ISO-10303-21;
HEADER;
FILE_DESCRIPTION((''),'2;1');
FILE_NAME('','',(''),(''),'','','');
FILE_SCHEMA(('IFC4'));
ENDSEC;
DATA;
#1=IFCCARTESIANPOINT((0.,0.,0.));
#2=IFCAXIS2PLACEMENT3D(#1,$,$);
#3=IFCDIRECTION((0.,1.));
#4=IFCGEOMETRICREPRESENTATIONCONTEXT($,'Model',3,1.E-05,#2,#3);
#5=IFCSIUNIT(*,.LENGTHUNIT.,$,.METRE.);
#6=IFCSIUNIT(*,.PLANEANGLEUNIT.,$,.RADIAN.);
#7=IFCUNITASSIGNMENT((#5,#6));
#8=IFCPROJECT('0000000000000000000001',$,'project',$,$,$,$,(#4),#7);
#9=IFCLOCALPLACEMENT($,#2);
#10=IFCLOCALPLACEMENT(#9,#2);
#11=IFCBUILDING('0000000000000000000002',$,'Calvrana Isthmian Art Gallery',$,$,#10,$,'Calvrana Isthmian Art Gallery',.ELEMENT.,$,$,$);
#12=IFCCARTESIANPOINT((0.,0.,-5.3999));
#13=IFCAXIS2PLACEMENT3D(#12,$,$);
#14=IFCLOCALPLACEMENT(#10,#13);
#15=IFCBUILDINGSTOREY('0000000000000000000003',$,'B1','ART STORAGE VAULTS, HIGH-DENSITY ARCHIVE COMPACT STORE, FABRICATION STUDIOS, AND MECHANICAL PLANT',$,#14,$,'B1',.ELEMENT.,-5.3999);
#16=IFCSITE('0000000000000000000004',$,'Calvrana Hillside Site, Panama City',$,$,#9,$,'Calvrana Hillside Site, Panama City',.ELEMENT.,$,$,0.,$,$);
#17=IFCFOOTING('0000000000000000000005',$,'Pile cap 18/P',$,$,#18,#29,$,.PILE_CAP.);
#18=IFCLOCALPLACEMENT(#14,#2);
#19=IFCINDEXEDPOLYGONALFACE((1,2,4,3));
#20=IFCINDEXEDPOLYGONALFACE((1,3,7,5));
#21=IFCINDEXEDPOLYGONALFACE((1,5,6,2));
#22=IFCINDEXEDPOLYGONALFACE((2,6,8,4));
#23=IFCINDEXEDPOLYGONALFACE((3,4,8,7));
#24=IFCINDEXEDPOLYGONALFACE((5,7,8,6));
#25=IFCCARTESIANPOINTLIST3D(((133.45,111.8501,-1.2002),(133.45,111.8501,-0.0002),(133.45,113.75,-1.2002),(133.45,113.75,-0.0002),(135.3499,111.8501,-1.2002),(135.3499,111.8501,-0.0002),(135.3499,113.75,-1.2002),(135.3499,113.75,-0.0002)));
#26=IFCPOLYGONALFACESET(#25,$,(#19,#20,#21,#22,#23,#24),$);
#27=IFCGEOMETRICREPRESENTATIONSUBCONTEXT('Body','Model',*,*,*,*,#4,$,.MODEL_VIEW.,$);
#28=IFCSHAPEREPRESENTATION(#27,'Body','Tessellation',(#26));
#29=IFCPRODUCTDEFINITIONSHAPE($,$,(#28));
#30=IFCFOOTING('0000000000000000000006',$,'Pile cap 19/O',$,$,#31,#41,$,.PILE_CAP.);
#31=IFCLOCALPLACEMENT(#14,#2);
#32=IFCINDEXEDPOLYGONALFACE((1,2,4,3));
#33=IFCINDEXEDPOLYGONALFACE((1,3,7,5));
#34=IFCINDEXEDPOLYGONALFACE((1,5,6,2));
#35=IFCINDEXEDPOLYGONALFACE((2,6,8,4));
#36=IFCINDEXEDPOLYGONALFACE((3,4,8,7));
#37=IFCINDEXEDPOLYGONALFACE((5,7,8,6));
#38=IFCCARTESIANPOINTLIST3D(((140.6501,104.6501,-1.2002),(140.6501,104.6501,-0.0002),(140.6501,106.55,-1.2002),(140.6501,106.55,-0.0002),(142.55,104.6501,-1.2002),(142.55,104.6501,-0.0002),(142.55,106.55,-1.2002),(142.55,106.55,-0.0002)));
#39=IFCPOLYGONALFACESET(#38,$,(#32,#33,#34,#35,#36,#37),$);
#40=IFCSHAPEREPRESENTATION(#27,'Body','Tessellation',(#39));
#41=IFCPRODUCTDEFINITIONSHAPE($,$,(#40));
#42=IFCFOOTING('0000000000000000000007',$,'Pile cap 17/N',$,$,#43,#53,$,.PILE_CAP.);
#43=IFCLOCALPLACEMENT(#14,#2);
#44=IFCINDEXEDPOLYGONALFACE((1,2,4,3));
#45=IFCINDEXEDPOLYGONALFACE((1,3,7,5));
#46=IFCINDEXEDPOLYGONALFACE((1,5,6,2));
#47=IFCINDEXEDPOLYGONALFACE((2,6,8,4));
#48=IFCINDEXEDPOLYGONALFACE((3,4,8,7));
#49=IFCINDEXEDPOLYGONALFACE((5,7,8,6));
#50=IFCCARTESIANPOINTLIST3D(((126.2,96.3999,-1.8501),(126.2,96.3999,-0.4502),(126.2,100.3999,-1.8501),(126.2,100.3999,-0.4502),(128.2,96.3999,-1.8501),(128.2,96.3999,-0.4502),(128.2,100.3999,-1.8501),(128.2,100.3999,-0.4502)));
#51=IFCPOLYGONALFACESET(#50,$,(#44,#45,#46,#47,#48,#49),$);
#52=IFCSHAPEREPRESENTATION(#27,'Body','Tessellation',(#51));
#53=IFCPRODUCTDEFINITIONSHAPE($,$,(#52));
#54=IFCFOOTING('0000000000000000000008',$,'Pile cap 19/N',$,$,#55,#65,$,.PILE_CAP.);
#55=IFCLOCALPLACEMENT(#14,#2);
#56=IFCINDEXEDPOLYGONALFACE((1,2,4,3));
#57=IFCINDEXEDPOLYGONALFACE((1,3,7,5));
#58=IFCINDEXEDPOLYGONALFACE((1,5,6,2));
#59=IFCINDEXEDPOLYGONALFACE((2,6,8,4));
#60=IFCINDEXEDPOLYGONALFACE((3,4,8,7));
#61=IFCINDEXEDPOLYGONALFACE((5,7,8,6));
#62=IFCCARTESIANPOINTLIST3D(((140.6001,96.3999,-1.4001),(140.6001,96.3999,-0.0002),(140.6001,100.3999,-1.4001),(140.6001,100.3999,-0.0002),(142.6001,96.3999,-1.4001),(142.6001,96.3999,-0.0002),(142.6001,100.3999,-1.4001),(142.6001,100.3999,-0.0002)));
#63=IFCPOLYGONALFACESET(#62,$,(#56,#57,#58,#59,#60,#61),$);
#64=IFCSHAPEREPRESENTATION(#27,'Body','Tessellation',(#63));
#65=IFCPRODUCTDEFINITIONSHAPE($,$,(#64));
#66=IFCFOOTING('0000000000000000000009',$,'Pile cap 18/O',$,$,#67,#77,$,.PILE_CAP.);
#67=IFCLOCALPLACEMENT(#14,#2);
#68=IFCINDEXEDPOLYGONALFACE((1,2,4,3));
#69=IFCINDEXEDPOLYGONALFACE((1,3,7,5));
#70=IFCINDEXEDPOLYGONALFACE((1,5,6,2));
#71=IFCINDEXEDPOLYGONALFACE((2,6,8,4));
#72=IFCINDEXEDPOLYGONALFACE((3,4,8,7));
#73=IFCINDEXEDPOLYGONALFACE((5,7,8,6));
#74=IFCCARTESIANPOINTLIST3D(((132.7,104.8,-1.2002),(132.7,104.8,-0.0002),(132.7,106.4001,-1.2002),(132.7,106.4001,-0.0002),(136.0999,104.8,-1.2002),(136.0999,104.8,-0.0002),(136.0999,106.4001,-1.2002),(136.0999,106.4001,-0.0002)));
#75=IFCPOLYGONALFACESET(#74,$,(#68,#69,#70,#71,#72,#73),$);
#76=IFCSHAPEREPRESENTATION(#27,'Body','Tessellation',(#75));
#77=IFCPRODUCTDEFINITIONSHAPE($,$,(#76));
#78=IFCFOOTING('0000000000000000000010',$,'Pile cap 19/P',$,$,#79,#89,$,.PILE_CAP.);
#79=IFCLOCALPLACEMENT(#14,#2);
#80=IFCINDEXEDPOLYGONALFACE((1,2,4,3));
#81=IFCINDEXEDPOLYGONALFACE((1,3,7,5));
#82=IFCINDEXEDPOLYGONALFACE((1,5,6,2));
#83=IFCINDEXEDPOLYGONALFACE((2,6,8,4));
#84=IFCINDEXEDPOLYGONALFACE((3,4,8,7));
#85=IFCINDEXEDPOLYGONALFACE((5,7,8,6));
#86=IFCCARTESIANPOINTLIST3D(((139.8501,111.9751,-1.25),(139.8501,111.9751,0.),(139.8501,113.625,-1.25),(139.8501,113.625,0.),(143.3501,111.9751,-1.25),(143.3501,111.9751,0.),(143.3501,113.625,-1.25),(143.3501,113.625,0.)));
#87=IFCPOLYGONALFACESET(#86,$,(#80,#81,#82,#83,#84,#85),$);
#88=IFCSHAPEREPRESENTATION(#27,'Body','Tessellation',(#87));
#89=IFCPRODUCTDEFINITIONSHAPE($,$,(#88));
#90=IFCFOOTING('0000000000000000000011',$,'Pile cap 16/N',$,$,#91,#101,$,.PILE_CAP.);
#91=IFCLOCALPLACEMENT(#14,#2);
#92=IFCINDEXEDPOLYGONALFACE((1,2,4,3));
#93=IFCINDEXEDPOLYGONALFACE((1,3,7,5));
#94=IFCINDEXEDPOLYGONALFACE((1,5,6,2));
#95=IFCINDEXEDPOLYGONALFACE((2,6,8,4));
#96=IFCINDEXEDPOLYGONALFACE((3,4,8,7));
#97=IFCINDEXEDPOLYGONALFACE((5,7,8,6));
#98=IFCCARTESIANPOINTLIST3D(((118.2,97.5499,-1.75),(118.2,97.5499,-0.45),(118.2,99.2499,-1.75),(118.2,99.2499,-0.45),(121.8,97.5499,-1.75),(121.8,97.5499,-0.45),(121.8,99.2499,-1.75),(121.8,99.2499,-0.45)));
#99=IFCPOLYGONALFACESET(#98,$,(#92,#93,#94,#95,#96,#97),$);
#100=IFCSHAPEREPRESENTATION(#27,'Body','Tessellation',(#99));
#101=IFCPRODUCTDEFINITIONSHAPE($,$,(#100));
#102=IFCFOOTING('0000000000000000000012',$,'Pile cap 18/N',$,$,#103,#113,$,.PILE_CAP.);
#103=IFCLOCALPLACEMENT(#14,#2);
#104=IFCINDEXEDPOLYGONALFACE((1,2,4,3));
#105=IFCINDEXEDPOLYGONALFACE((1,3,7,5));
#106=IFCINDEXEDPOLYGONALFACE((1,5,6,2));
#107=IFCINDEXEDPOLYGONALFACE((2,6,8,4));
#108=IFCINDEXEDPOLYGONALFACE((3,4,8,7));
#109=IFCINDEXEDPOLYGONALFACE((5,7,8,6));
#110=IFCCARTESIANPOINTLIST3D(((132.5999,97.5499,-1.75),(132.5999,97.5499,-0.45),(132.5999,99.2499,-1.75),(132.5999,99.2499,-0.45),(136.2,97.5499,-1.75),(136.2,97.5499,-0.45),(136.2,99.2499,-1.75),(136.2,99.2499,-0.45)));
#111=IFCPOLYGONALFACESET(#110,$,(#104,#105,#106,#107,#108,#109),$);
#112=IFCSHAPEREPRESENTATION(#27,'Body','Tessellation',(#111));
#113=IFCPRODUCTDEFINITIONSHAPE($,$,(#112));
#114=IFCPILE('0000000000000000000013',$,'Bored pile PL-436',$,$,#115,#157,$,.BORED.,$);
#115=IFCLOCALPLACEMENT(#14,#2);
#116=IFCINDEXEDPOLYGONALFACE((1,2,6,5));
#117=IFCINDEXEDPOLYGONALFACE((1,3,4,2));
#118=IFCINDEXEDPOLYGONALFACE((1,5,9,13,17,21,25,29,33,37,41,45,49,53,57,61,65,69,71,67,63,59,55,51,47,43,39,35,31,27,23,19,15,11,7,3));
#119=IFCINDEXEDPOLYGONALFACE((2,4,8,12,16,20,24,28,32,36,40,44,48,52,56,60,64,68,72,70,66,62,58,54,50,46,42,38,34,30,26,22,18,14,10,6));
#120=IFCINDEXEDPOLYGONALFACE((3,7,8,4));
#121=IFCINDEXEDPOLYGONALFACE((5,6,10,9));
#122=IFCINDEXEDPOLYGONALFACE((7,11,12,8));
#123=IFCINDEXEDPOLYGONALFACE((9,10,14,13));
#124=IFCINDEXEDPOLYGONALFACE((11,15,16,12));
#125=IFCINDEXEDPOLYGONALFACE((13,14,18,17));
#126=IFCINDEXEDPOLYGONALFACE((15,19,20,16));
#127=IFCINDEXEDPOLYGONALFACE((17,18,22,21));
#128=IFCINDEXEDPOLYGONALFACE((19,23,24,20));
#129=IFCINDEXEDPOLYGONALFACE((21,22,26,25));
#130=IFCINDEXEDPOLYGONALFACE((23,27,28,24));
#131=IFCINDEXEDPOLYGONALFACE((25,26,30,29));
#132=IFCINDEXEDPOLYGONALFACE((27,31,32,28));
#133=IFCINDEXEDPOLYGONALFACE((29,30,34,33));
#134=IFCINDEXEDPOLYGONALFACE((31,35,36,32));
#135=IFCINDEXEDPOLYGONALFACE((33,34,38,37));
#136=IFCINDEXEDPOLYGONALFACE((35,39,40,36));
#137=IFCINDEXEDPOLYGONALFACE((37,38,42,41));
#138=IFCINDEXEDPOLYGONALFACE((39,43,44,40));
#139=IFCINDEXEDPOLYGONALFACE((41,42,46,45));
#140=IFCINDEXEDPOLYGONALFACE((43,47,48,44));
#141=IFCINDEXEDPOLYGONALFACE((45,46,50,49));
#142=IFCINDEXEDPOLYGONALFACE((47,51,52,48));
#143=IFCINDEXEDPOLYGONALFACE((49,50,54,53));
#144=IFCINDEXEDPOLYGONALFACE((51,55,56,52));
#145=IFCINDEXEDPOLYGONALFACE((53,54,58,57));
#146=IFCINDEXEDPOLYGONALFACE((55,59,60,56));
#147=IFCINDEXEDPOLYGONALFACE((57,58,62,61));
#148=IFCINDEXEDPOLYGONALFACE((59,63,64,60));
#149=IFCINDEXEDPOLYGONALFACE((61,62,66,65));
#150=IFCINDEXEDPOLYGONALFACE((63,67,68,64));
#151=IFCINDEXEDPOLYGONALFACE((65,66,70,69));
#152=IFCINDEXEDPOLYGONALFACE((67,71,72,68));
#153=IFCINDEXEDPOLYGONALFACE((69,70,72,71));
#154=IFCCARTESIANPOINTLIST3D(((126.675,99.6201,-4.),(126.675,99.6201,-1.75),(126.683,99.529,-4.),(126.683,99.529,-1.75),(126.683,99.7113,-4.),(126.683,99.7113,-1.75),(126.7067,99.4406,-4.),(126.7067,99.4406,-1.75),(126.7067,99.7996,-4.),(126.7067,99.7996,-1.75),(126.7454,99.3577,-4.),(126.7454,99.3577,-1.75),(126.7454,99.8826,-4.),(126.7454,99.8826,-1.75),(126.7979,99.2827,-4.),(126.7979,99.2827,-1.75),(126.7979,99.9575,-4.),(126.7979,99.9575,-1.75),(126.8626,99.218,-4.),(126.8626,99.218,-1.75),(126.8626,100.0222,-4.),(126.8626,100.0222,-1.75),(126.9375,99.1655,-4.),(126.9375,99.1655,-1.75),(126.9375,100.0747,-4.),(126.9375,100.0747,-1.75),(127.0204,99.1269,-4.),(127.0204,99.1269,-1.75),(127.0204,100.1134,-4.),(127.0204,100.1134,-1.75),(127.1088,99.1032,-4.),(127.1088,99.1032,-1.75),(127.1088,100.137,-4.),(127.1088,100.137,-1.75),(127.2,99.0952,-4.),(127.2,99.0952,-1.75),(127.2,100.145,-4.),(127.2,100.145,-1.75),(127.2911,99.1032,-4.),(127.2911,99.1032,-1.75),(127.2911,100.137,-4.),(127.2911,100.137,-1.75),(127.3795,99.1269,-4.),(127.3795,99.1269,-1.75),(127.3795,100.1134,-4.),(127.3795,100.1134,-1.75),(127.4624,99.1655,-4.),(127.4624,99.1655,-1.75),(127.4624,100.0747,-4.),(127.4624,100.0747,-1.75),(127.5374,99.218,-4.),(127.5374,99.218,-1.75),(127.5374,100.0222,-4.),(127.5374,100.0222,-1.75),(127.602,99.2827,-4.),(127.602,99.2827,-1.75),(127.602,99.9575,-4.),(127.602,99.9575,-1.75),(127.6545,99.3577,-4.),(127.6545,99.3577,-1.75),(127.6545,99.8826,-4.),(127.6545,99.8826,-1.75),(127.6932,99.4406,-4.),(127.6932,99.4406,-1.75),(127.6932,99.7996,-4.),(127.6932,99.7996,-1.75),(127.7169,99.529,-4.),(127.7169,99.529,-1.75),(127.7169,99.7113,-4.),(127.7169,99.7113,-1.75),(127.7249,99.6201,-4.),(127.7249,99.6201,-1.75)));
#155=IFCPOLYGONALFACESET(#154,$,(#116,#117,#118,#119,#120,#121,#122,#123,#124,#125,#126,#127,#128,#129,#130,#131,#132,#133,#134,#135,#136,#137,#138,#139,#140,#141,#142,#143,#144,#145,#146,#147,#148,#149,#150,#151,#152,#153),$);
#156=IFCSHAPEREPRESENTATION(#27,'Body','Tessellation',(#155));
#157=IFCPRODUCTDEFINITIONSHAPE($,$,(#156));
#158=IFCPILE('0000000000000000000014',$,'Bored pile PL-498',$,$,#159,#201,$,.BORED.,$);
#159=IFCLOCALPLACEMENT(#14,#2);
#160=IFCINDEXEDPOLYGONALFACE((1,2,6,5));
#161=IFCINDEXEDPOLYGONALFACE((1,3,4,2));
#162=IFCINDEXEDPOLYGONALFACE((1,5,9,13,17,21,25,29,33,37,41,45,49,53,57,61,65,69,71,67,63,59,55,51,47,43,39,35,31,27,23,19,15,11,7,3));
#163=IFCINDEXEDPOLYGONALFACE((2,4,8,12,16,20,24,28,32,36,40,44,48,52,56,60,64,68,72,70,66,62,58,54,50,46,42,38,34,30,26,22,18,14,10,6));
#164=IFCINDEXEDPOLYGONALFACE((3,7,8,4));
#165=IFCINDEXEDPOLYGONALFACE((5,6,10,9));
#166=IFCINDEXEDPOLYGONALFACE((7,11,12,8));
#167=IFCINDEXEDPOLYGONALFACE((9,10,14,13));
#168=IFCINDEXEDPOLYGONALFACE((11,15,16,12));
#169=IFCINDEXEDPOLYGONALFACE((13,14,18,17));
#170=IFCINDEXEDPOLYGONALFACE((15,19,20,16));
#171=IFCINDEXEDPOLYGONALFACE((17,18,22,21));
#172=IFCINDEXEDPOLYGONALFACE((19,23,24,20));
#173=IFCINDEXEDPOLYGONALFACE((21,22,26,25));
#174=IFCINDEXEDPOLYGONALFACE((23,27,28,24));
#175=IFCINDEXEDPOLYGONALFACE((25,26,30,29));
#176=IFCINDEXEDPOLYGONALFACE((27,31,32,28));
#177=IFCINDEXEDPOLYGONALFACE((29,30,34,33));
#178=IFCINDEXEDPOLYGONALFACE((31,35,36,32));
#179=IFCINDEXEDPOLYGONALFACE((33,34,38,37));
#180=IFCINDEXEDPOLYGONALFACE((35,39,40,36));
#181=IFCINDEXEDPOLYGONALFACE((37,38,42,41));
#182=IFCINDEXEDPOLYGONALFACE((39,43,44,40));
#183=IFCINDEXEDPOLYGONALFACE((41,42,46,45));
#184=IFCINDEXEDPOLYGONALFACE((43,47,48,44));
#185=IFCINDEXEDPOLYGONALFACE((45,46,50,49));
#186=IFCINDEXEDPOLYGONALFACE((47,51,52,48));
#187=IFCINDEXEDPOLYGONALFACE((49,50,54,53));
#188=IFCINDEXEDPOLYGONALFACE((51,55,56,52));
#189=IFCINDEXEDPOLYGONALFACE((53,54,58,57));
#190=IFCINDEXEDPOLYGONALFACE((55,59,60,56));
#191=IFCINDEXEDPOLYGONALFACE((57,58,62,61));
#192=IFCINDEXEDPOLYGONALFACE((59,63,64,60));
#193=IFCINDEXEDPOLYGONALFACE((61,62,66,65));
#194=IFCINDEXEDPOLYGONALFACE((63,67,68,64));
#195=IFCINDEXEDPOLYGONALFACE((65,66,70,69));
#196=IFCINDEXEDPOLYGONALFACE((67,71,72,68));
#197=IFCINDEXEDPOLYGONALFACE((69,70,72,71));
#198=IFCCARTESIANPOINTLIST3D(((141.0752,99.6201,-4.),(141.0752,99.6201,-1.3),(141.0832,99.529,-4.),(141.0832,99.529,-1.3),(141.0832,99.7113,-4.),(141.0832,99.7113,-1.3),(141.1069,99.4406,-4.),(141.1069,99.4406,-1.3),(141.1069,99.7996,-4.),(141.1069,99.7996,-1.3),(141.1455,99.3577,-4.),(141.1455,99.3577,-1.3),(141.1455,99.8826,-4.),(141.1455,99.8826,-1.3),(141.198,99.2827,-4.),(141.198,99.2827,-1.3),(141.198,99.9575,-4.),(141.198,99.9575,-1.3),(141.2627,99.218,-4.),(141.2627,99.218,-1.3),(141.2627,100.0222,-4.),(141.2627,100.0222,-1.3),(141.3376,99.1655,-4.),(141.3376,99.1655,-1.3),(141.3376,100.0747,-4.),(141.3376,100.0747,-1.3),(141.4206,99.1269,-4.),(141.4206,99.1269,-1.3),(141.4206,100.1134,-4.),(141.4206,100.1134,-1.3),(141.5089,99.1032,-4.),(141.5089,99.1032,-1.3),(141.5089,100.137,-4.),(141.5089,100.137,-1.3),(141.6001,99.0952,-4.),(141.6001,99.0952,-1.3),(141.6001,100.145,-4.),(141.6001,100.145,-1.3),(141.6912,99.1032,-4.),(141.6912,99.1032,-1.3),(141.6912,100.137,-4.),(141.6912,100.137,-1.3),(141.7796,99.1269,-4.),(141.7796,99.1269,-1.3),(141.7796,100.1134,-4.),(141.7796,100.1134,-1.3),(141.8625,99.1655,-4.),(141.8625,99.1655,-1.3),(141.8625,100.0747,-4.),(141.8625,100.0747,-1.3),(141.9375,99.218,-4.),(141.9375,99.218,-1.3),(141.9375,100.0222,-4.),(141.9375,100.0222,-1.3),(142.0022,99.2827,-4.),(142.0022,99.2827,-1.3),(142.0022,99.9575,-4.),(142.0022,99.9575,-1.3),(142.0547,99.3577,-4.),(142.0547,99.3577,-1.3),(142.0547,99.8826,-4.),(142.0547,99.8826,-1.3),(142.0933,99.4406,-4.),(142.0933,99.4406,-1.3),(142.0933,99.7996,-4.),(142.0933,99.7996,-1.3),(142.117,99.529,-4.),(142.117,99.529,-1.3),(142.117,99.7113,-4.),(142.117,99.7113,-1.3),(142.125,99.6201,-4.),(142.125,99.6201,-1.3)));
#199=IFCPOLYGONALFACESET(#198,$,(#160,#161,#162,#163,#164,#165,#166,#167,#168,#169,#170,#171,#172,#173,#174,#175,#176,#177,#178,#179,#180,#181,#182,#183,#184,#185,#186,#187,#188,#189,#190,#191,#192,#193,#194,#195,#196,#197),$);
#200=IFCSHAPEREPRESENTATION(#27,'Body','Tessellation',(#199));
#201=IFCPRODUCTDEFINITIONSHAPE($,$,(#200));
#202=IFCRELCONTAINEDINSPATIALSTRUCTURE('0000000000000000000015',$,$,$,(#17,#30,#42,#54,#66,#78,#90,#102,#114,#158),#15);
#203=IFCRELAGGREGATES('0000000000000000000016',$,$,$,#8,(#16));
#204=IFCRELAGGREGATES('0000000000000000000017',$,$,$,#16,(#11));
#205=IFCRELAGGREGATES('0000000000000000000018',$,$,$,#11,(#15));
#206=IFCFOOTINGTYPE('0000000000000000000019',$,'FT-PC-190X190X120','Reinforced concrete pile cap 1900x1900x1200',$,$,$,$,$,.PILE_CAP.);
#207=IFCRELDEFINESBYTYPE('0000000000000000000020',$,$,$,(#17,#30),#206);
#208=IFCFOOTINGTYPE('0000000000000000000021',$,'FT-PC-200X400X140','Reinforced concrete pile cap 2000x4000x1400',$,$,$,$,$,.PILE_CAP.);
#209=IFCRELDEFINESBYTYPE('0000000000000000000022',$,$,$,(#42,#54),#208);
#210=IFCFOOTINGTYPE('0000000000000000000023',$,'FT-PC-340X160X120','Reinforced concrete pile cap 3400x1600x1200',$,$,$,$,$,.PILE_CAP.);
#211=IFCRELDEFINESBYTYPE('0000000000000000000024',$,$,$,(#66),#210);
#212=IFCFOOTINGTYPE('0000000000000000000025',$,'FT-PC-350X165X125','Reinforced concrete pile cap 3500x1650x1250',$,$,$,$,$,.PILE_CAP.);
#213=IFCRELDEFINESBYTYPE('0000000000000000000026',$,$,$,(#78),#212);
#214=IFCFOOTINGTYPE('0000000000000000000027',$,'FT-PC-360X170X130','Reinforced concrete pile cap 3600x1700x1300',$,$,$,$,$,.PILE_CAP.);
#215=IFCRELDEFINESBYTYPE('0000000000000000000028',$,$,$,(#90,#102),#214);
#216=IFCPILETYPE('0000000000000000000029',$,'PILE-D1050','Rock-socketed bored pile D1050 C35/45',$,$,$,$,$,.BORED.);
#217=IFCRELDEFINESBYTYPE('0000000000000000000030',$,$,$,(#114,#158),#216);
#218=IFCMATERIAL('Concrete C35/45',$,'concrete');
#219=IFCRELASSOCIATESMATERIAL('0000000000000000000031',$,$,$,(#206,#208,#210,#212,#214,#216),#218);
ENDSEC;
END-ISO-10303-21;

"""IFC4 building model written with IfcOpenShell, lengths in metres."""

from ifc_helpers import new_model, si_unit, direction, frame, origin, origin_2d, place, context, subcontext, project, spatial, rectangle, circle, extrude, material, material_profile, profile_set, type_object, element, save


model = new_model("IFC4")

# Units and contexts
model_context = context("Model", 3, precision=1e-05, world=origin(), true_north=direction((0.0, 1.0)))
body_context = subcontext(model_context, "Body", "Model", "MODEL_VIEW")
ifc_project = project(units=[si_unit("LENGTHUNIT", "METRE"), si_unit("PLANEANGLEUNIT", "RADIAN")], contexts=[model_context])

# Site, building, storey
site_placement = place(None, origin())
site = spatial("IfcSite", under=ifc_project, at=site_placement, Name="Calvrana Hillside Site, Panama City", LongName="Calvrana Hillside Site, Panama City", CompositionType="ELEMENT", RefElevation=0.0)
building_placement = place(site_placement, origin())
building = spatial("IfcBuilding", under=site, at=building_placement, Name="Calvrana Isthmian Art Gallery", LongName="Calvrana Isthmian Art Gallery", CompositionType="ELEMENT")
storey_placement = place(building_placement, frame((0.0, 0.0, -5.3999)))
storey = spatial("IfcBuildingStorey", under=building, at=storey_placement, Name="B1", Description="ART STORAGE VAULTS, HIGH-DENSITY ARCHIVE COMPACT STORE, FABRICATION STUDIOS, AND MECHANICAL PLANT", LongName="B1", CompositionType="ELEMENT", Elevation=-5.3999)

# Footings
ifc_material_1 = material(Name="Concrete C35/45", Category="concrete")
footing_type_1 = type_object("IfcFootingType", Name="FT-PC-190X190X120", Description="Reinforced concrete pile cap 1900x1900x1200", PredefinedType="PILE_CAP", material=ifc_material_1)
for number, where, z_axis, x_axis, name in (
    (1, (134.3999, 112.8, -1.2002), (0.0, 0.0, 1.0), (1.0, 0.0, 0.0), "Pile cap 18/P"),
    (2, (141.6001, 105.6001, -1.2002), (0.0, 0.0, 1.0), (1.0, 0.0, 0.0), "Pile cap 19/O"),
):
    element("IfcFooting", number, at=place(storey_placement, frame(where, z_axis=z_axis, x_axis=x_axis)), inside=storey, type_object=footing_type_1, Name=name, PredefinedType="PILE_CAP", context=body_context, shape_type="SweptSolid", body=[
        extrude(rectangle(XDim=1.8999, YDim=1.8999, at=origin_2d()), origin(), (0.0, 0.0, 1.0), 1.2),
    ])
footing_type_2 = type_object("IfcFootingType", Name="FT-PC-200X400X140", Description="Reinforced concrete pile cap 2000x4000x1400", PredefinedType="PILE_CAP", material=ifc_material_1)
for number, where, z_axis, x_axis, name in (
    (3, (127.2, 98.3999, -1.8501), (0.0, 0.0, 1.0), (1.0, 0.0, 0.0), "Pile cap 17/N"),
    (4, (141.6001, 98.3999, -1.4001), (0.0, 0.0, 1.0), (1.0, 0.0, 0.0), "Pile cap 19/N"),
):
    element("IfcFooting", number, at=place(storey_placement, frame(where, z_axis=z_axis, x_axis=x_axis)), inside=storey, type_object=footing_type_2, Name=name, PredefinedType="PILE_CAP", context=body_context, shape_type="SweptSolid", body=[
        extrude(rectangle(XDim=2.0, YDim=4.0, at=origin_2d()), origin(), (0.0, 0.0, 1.0), 1.3999),
    ])
footing_type_3 = type_object("IfcFootingType", Name="FT-PC-340X160X120", Description="Reinforced concrete pile cap 3400x1600x1200", PredefinedType="PILE_CAP", material=ifc_material_1)
footing_1_placement = place(storey_placement, frame((134.3999, 105.6001, -1.2002), z_axis=(0.0, 0.0, 1.0), x_axis=(1.0, 0.0, 0.0)))
element("IfcFooting", 5, at=footing_1_placement, inside=storey, type_object=footing_type_3, Name="Pile cap 18/O", PredefinedType="PILE_CAP", context=body_context, shape_type="SweptSolid", body=[
    extrude(rectangle(XDim=3.3999, YDim=1.6001, at=origin_2d()), origin(), (0.0, 0.0, 1.0), 1.2),
])
footing_type_4 = type_object("IfcFootingType", Name="FT-PC-350X165X125", Description="Reinforced concrete pile cap 3500x1650x1250", PredefinedType="PILE_CAP", material=ifc_material_1)
footing_2_placement = place(storey_placement, frame((141.6001, 112.8, -1.25), z_axis=(0.0, 0.0, 1.0), x_axis=(1.0, 0.0, 0.0)))
element("IfcFooting", 6, at=footing_2_placement, inside=storey, type_object=footing_type_4, Name="Pile cap 19/P", PredefinedType="PILE_CAP", context=body_context, shape_type="SweptSolid", body=[
    extrude(rectangle(XDim=3.5, YDim=1.6499, at=origin_2d()), origin(), (0.0, 0.0, 1.0), 1.25),
])
footing_type_5 = type_object("IfcFootingType", Name="FT-PC-360X170X130", Description="Reinforced concrete pile cap 3600x1700x1300", PredefinedType="PILE_CAP", material=ifc_material_1)
for number, where, z_axis, x_axis, name in (
    (7, (120.0, 98.3999, -1.75), (0.0, 0.0, 1.0), (1.0, 0.0, 0.0), "Pile cap 16/N"),
    (8, (134.3999, 98.3999, -1.75), (0.0, 0.0, 1.0), (1.0, 0.0, 0.0), "Pile cap 18/N"),
):
    element("IfcFooting", number, at=place(storey_placement, frame(where, z_axis=z_axis, x_axis=x_axis)), inside=storey, type_object=footing_type_5, Name=name, PredefinedType="PILE_CAP", context=body_context, shape_type="SweptSolid", body=[
        extrude(rectangle(XDim=3.6001, YDim=1.7, at=origin_2d()), origin(), (0.0, 0.0, 1.0), 1.3),
    ])

# Piles
ifc_material_profile_1 = material_profile(ifc_material_1, circle(Radius=0.5249, at=origin_2d()), Name="PILE1050D")
ifc_profile_set_1 = profile_set([ifc_material_profile_1], Name="Concrete C35/45")
pile_type_1 = type_object("IfcPileType", Name="PILE-D1050", Description="Rock-socketed bored pile D1050 C35/45", PredefinedType="BORED", material=ifc_profile_set_1)
pile_1_placement = place(storey_placement, frame((127.2, 99.6201, -1.75), z_axis=(0.0, 0.0, -1.0), x_axis=(1.0, 0.0, 0.0)))
element("IfcPile", 9, at=pile_1_placement, inside=storey, type_object=pile_type_1, Name="Bored pile PL-436", PredefinedType="BORED", context=body_context, shape_type="SweptSolid", body=[
    extrude(circle(Radius=0.5249, at=origin_2d()), origin(), (0.0, 0.0, 1.0), 2.25),
])
pile_2_placement = place(storey_placement, frame((141.6001, 99.6201, -1.3), z_axis=(0.0, 0.0, -1.0), x_axis=(1.0, 0.0, 0.0)))
element("IfcPile", 10, at=pile_2_placement, inside=storey, type_object=pile_type_1, Name="Bored pile PL-498", PredefinedType="BORED", context=body_context, shape_type="SweptSolid", body=[
    extrude(circle(Radius=0.5249, at=origin_2d()), origin(), (0.0, 0.0, 1.0), 2.7),
])

save(model, "model.ifc")
